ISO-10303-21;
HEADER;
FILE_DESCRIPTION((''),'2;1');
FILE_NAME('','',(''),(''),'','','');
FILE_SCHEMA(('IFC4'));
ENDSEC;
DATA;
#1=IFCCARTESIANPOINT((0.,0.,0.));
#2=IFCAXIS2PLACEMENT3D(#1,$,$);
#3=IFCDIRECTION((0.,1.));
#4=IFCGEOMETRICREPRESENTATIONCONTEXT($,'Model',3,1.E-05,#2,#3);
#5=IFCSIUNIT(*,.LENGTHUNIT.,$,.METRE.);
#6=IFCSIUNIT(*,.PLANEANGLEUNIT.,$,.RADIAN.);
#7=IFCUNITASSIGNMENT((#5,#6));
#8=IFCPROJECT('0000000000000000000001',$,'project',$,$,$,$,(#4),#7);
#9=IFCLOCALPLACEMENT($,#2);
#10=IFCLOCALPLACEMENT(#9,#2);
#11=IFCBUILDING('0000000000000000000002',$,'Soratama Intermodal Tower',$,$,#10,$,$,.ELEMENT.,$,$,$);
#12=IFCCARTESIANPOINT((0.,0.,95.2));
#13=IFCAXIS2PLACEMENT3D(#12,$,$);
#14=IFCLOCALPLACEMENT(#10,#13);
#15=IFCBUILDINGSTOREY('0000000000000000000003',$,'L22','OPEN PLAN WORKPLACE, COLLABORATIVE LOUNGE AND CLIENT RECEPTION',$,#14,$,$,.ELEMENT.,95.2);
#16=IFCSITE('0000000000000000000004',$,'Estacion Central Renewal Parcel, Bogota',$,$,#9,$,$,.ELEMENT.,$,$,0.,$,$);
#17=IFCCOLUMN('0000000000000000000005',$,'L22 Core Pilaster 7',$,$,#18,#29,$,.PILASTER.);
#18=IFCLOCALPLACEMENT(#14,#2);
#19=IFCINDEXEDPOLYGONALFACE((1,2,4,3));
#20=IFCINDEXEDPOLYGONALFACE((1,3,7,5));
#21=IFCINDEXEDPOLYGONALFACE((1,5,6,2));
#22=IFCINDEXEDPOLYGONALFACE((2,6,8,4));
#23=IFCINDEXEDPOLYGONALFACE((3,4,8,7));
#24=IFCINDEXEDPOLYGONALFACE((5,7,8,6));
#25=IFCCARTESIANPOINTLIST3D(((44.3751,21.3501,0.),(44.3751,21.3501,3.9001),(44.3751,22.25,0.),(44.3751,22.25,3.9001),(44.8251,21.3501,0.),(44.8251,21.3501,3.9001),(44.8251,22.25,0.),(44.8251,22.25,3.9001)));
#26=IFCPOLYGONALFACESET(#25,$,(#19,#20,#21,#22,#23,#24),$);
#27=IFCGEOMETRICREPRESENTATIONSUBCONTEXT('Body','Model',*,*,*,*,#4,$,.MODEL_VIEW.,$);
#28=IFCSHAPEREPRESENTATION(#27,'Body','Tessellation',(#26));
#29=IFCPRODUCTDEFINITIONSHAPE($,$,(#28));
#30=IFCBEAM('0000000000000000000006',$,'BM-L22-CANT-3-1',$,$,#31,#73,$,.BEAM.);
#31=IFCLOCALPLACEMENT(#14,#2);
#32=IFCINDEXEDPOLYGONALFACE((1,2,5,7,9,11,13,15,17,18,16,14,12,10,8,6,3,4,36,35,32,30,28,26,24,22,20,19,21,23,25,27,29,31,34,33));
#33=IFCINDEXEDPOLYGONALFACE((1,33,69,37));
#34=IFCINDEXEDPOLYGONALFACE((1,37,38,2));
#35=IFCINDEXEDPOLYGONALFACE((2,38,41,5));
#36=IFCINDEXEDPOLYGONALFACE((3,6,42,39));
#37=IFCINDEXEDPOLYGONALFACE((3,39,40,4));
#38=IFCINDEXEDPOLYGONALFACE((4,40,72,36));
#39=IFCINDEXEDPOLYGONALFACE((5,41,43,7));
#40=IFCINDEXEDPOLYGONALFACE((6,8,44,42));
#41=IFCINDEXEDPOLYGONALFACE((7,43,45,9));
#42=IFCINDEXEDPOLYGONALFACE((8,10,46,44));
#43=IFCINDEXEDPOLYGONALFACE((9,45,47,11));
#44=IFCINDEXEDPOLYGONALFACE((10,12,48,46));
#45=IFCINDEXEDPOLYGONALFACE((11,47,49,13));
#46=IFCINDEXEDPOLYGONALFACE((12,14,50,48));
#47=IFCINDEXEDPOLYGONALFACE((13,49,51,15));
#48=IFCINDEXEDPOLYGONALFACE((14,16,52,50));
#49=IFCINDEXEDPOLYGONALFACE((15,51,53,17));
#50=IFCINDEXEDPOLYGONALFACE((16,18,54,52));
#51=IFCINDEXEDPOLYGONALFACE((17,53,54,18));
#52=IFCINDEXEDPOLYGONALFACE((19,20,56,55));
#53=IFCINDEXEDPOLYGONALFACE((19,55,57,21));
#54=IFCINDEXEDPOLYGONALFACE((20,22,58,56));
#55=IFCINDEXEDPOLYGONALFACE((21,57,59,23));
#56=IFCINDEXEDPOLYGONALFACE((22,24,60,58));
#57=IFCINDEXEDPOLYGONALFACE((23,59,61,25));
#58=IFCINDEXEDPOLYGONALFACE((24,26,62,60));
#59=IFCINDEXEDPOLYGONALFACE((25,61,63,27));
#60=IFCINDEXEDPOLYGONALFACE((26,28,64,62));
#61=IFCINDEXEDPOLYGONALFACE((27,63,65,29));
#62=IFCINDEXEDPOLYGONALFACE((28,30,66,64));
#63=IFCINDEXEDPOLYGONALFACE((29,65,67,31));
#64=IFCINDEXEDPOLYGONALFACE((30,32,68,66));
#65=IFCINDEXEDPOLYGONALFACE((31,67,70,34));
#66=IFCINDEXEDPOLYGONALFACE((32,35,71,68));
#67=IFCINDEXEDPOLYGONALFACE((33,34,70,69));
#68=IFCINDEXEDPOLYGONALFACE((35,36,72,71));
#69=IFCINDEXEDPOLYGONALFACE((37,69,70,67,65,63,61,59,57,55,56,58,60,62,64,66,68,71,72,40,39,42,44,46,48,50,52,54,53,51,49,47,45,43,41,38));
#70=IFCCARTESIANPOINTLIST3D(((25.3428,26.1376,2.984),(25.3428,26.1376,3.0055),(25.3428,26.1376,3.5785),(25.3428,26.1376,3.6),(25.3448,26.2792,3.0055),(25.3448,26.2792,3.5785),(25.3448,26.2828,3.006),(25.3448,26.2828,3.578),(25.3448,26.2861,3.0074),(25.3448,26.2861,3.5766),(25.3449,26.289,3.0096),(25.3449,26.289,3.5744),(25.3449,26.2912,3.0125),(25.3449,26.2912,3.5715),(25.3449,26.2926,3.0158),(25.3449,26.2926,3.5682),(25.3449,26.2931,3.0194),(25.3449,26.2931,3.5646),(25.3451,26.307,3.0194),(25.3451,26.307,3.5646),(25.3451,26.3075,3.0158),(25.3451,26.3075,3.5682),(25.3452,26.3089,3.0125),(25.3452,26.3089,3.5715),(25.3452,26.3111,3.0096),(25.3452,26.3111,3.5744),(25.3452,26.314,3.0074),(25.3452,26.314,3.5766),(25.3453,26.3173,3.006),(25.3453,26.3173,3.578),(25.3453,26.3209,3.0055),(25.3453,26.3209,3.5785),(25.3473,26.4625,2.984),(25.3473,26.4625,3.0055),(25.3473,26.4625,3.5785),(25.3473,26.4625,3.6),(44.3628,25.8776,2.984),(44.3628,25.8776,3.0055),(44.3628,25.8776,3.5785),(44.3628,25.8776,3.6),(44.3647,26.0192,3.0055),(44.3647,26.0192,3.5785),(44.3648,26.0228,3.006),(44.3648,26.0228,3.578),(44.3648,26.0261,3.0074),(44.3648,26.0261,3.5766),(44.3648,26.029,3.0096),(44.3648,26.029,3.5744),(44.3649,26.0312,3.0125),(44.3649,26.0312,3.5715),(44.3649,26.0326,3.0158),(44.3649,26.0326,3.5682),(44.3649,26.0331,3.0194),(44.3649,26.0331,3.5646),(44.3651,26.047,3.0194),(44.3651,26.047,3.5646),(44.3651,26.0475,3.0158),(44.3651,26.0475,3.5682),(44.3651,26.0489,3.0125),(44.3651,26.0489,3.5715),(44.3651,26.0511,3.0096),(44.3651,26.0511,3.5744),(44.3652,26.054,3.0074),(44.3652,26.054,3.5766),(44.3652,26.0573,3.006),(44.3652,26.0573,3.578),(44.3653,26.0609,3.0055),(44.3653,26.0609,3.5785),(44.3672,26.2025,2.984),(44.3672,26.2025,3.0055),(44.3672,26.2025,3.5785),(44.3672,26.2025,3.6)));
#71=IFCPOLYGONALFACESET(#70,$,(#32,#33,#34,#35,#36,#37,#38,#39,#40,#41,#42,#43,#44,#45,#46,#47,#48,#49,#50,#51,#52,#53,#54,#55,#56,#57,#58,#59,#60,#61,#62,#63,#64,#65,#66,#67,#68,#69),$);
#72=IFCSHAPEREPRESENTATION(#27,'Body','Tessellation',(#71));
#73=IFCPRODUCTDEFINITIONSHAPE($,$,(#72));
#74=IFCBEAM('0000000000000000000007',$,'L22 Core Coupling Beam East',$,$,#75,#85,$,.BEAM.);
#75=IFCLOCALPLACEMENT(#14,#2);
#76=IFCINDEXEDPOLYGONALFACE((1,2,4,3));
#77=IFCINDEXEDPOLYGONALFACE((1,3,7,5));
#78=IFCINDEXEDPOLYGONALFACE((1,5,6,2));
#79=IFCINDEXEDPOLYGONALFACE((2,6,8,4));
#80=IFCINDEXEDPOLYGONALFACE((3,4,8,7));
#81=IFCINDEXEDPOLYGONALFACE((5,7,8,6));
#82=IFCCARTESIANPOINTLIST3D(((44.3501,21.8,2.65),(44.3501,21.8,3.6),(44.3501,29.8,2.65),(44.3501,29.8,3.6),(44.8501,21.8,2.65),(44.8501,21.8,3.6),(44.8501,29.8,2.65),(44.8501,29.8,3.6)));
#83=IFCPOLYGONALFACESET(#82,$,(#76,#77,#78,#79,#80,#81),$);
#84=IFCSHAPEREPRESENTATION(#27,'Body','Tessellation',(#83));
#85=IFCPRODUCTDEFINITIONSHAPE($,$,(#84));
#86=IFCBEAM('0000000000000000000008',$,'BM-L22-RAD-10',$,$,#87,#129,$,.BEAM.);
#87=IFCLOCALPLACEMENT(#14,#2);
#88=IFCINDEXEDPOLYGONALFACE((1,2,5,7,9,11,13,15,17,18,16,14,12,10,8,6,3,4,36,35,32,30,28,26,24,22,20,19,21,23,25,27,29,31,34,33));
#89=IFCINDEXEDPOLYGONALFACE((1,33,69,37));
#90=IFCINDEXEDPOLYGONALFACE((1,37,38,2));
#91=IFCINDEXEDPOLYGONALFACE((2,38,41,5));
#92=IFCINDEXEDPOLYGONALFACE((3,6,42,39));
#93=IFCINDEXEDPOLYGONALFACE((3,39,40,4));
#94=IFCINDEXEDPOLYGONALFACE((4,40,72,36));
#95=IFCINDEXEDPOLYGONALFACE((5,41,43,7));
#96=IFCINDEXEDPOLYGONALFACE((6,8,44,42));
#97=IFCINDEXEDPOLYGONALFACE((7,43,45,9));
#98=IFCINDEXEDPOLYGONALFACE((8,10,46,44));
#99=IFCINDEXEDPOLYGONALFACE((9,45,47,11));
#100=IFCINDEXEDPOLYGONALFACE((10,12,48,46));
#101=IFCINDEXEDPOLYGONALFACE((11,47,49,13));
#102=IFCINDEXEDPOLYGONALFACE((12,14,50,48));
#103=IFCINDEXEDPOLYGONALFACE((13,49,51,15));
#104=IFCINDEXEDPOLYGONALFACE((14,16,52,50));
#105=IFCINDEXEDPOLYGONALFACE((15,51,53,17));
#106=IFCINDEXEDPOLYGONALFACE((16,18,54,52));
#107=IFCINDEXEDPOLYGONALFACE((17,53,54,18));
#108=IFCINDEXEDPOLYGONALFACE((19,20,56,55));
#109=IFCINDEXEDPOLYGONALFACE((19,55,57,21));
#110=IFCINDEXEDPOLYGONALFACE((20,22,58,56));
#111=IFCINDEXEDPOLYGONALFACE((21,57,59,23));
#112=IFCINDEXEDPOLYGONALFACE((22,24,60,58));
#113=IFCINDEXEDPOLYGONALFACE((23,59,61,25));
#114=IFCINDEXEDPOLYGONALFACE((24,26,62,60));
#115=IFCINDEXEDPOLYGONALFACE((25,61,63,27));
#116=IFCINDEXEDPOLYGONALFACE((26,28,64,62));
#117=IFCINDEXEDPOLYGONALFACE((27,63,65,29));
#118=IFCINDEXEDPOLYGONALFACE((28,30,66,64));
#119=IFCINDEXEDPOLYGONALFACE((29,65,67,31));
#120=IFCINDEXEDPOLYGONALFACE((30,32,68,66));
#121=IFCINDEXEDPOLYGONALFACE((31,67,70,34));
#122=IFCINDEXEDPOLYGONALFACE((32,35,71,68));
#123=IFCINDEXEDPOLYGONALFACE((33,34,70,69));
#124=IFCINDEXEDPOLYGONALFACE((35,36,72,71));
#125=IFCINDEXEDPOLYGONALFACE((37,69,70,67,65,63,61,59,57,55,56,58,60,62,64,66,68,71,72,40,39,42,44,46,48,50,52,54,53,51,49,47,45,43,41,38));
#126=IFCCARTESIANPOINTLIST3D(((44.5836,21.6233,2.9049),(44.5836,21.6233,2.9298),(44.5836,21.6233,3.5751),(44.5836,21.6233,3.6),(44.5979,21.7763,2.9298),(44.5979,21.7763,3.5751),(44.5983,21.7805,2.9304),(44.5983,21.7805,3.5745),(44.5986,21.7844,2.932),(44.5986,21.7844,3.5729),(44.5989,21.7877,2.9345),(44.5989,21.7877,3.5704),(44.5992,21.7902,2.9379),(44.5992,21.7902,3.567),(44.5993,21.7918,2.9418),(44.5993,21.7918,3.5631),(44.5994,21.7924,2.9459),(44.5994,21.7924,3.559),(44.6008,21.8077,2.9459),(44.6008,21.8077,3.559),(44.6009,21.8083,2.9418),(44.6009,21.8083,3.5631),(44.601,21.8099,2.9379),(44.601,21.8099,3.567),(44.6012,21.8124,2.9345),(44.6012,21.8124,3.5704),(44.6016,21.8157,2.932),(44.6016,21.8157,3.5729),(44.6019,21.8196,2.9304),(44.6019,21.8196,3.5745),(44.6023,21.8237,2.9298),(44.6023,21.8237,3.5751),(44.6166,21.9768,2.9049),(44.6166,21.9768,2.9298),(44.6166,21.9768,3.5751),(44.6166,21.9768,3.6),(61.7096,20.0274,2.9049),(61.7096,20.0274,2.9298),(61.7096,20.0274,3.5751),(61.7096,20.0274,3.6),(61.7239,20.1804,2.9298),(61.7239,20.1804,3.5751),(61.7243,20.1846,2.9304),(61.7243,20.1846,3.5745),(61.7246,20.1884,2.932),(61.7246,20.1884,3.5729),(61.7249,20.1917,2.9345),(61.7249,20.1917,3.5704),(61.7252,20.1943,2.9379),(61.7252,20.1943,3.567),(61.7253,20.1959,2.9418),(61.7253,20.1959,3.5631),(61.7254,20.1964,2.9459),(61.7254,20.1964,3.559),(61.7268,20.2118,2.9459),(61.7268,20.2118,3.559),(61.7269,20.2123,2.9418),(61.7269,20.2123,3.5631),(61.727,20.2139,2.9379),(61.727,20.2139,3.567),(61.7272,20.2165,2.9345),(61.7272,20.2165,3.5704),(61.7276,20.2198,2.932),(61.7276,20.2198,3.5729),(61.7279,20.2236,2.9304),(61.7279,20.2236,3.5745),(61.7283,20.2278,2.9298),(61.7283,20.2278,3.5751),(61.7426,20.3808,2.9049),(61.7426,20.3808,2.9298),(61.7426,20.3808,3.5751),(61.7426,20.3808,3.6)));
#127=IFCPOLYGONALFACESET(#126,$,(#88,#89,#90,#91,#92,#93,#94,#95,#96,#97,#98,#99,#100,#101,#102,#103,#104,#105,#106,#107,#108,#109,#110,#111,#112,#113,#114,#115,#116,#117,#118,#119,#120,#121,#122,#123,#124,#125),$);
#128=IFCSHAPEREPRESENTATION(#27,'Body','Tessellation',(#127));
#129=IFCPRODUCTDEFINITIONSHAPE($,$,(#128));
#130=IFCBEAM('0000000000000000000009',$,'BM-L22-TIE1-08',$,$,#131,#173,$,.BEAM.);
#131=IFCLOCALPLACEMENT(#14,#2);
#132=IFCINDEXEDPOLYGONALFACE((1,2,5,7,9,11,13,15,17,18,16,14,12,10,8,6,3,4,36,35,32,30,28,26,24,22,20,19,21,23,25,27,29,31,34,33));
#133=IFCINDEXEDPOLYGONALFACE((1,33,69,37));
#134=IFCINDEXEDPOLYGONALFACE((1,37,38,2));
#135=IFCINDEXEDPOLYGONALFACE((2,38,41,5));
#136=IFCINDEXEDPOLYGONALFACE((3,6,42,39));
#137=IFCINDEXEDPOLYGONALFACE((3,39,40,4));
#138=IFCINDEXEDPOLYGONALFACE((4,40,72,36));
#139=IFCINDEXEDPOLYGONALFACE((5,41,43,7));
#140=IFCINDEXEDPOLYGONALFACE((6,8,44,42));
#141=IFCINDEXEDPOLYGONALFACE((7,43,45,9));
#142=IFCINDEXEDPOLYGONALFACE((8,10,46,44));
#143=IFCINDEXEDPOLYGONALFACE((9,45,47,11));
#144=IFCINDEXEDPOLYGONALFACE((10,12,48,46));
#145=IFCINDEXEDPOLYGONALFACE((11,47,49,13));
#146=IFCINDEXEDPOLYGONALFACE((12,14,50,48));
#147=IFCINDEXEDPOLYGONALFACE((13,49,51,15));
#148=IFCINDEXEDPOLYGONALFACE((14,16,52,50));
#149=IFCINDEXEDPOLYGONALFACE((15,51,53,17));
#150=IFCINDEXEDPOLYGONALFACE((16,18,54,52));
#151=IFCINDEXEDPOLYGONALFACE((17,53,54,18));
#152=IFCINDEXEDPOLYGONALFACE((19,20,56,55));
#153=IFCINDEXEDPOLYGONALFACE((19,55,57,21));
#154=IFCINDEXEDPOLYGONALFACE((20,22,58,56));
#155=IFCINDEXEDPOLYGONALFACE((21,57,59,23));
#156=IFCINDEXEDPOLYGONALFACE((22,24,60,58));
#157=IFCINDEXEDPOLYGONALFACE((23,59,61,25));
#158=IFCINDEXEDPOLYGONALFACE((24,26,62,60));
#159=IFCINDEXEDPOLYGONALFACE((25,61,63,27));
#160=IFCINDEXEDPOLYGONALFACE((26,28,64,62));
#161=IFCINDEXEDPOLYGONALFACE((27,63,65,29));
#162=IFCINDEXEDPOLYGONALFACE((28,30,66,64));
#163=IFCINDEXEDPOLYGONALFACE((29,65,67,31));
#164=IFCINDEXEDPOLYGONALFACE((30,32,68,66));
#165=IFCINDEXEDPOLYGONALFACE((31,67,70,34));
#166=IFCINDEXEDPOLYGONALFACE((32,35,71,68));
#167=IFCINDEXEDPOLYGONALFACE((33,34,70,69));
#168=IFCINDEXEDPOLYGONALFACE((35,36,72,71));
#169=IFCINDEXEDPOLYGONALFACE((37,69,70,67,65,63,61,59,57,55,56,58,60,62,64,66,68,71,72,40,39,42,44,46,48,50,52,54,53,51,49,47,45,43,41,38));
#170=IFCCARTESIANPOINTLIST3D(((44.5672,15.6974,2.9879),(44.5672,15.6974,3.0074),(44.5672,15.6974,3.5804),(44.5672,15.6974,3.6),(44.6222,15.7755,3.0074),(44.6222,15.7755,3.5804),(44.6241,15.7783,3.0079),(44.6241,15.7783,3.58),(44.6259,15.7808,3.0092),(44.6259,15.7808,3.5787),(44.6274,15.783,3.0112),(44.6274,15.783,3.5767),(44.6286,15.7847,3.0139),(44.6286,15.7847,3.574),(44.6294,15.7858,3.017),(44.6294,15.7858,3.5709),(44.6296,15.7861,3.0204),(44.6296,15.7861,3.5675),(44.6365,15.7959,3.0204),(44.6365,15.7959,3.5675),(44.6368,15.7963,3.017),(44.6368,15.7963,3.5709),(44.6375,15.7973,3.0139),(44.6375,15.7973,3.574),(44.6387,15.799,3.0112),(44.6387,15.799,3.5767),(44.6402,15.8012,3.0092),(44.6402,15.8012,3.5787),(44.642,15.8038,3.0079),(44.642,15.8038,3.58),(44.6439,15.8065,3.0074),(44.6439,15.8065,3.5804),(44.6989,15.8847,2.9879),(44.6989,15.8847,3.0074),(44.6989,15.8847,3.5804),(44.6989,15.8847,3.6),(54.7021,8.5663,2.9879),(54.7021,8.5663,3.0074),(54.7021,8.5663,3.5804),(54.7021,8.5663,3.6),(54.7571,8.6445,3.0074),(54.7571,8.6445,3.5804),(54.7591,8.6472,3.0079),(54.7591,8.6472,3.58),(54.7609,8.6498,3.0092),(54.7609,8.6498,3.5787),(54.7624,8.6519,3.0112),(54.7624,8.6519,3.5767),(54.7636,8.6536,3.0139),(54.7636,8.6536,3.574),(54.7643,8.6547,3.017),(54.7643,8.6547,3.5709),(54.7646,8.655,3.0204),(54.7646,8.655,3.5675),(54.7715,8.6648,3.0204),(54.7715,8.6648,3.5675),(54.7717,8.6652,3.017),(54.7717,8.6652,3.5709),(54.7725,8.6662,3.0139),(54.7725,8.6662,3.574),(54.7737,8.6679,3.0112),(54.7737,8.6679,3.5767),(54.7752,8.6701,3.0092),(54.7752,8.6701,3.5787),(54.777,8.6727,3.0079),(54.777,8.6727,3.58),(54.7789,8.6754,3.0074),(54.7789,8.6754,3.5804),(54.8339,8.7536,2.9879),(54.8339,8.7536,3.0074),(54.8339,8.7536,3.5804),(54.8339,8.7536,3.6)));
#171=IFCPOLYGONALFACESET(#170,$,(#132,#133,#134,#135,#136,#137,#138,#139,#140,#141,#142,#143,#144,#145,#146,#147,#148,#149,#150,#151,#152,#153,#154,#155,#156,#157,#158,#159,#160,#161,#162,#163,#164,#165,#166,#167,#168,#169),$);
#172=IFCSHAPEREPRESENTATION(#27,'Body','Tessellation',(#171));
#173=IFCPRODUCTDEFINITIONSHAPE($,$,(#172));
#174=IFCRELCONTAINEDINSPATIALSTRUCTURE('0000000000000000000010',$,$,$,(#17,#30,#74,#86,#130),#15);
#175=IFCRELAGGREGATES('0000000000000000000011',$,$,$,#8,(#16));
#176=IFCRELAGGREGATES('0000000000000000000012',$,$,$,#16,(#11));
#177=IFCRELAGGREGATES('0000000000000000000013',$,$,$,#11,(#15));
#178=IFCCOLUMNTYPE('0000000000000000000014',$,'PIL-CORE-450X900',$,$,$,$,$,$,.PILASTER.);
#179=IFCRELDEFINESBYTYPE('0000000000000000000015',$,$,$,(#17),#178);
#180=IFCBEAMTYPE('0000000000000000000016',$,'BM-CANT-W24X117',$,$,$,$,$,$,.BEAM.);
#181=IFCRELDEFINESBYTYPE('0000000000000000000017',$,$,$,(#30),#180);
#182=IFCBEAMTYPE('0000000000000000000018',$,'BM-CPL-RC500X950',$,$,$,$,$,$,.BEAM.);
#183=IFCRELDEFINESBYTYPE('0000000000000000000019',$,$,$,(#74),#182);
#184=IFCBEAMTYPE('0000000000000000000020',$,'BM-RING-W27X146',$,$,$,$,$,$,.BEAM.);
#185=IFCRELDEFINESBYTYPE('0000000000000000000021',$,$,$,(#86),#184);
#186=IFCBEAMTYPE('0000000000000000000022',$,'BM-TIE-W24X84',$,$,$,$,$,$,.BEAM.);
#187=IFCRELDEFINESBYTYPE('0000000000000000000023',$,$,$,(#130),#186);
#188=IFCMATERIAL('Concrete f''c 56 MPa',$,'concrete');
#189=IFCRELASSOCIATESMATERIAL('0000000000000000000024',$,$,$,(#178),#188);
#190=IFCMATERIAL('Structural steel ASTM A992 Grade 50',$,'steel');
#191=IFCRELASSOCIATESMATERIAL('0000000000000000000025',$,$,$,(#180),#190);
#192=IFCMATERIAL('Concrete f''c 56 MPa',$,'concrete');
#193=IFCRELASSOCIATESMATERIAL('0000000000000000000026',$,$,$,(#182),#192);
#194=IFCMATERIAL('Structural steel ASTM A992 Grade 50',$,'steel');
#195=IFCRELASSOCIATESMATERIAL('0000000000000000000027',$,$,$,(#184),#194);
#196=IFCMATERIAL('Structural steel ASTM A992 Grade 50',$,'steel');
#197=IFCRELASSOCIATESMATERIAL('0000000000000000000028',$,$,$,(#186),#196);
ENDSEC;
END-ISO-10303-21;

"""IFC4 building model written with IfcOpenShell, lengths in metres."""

from ifc_helpers import new_model, si_unit, direction, frame, origin, origin_2d, place, context, subcontext, project, spatial, rectangle, i_section, extrude, material, material_profile, profile_set, type_object, element, save


model = new_model("IFC4")

# Units and contexts
model_context = context("Model", 3, precision=1e-05, world=origin(), true_north=direction((0.0, 1.0)))
body_context = subcontext(model_context, "Body", "Model", "MODEL_VIEW")
ifc_project = project(units=[si_unit("LENGTHUNIT", "METRE"), si_unit("PLANEANGLEUNIT", "RADIAN")], contexts=[model_context])

# Site, building, storey
site_placement = place(None, origin())
site = spatial("IfcSite", under=ifc_project, at=site_placement, Name="Estacion Central Renewal Parcel, Bogota", CompositionType="ELEMENT", RefElevation=0.0)
building_placement = place(site_placement, origin())
building = spatial("IfcBuilding", under=site, at=building_placement, Name="Soratama Intermodal Tower", CompositionType="ELEMENT")
storey_placement = place(building_placement, frame((0.0, 0.0, 95.2)))
storey = spatial("IfcBuildingStorey", under=building, at=storey_placement, Name="L22", Description="OPEN PLAN WORKPLACE, COLLABORATIVE LOUNGE AND CLIENT RECEPTION", CompositionType="ELEMENT", Elevation=95.2)

# Column
ifc_material_1 = material(Name="Concrete f'c 56 MPa", Category="concrete")
ifc_material_profile_1 = material_profile(ifc_material_1, rectangle(XDim=0.45, YDim=0.8999, at=origin_2d()), Name="RC450X900")
ifc_profile_set_1 = profile_set([ifc_material_profile_1], Name="Concrete f'c 56 MPa")
column_type = type_object("IfcColumnType", Name="PIL-CORE-450X900", PredefinedType="PILASTER", material=ifc_profile_set_1)
column_placement = place(storey_placement, frame((44.6001, 21.8, 0.0), z_axis=(0.0, 0.0, 1.0), x_axis=(1.0, 0.0, 0.0)))
element("IfcColumn", 1, at=column_placement, inside=storey, type_object=column_type, Name="L22 Core Pilaster 7", PredefinedType="PILASTER", context=body_context, shape_type="SweptSolid", body=[
    extrude(rectangle(XDim=0.45, YDim=0.8999, at=origin_2d()), origin(), (0.0, 0.0, 1.0), 3.9001),
])

# Beams
ifc_material_2 = material(Name="Structural steel ASTM A992 Grade 50", Category="steel")
ifc_material_profile_2 = material_profile(ifc_material_2, i_section(OverallWidth=0.325, OverallDepth=0.616, WebThickness=0.0139, FlangeThickness=0.0215, FilletRadius=0.0139, at=origin_2d()), Name="W24X117")
ifc_profile_set_2 = profile_set([ifc_material_profile_2], Name="Structural steel ASTM A992 Grade 50")
beam_type_1 = type_object("IfcBeamType", Name="BM-CANT-W24X117", PredefinedType="BEAM", material=ifc_profile_set_2)
beam_1_placement = place(storey_placement, frame((44.365, 26.04, 3.292), z_axis=(-0.999907, 0.013669, 0.0), x_axis=(-0.013669, -0.999907, 0.0)))
element("IfcBeam", 2, at=beam_1_placement, inside=storey, type_object=beam_type_1, Name="BM-L22-CANT-3-1", PredefinedType="BEAM", context=body_context, shape_type="SweptSolid", body=[
    extrude(i_section(OverallWidth=0.325, OverallDepth=0.616, WebThickness=0.0139, FlangeThickness=0.0215, FilletRadius=0.0139, at=origin_2d()), origin(), (0.0, 0.0, 1.0), 19.0217),
])
ifc_material_3 = material(Name="Concrete f'c 56 MPa", Category="concrete")
ifc_material_profile_3 = material_profile(ifc_material_3, rectangle(XDim=0.5, YDim=0.95, at=origin_2d()), Name="RC500X950")
ifc_profile_set_3 = profile_set([ifc_material_profile_3], Name="Concrete f'c 56 MPa")
beam_type_2 = type_object("IfcBeamType", Name="BM-CPL-RC500X950", PredefinedType="BEAM", material=ifc_profile_set_3)
beam_2_placement = place(storey_placement, frame((44.6001, 21.8, 3.125), z_axis=(0.0, 1.0, 0.0), x_axis=(-1.0, 0.0, 0.0)))
element("IfcBeam", 3, at=beam_2_placement, inside=storey, type_object=beam_type_2, Name="L22 Core Coupling Beam East", PredefinedType="BEAM", context=body_context, shape_type="SweptSolid", body=[
    extrude(rectangle(XDim=0.5, YDim=0.95, at=origin_2d()), origin(), (0.0, 0.0, 1.0), 8.0),
])
ifc_material_4 = material(Name="Structural steel ASTM A992 Grade 50", Category="steel")
ifc_material_profile_4 = material_profile(ifc_material_4, i_section(OverallWidth=0.355, OverallDepth=0.6951, WebThickness=0.0154, FlangeThickness=0.0249, FilletRadius=0.0161, at=origin_2d()), Name="W27X146")
ifc_profile_set_4 = profile_set([ifc_material_profile_4], Name="Structural steel ASTM A992 Grade 50")
beam_type_3 = type_object("IfcBeamType", Name="BM-RING-W27X146", PredefinedType="BEAM", material=ifc_profile_set_4)
beam_3_placement = place(storey_placement, frame((44.6001, 21.8, 3.2524), z_axis=(0.995686, -0.092787, 0.0), x_axis=(0.092787, 0.995686, 0.0)))
element("IfcBeam", 4, at=beam_3_placement, inside=storey, type_object=beam_type_3, Name="BM-L22-RAD-10", PredefinedType="BEAM", context=body_context, shape_type="SweptSolid", body=[
    extrude(i_section(OverallWidth=0.355, OverallDepth=0.6951, WebThickness=0.0154, FlangeThickness=0.0249, FilletRadius=0.0161, at=origin_2d()), origin(), (0.0, 0.0, 1.0), 17.2002),
])
ifc_material_5 = material(Name="Structural steel ASTM A992 Grade 50", Category="steel")
ifc_material_profile_5 = material_profile(ifc_material_5, i_section(OverallWidth=0.229, OverallDepth=0.6121, WebThickness=0.012, FlangeThickness=0.0195, FilletRadius=0.0129, at=origin_2d()), Name="W24X84")
ifc_profile_set_5 = profile_set([ifc_material_profile_5], Name="Structural steel ASTM A992 Grade 50")
beam_type_4 = type_object("IfcBeamType", Name="BM-TIE-W24X84", PredefinedType="BEAM", material=ifc_profile_set_5)
beam_4_placement = place(storey_placement, frame((44.6331, 15.791, 3.2939), z_axis=(0.817842, -0.575443, 0.0), x_axis=(0.575443, 0.817842, 0.0)))
element("IfcBeam", 5, at=beam_4_placement, inside=storey, type_object=beam_type_4, Name="BM-L22-TIE1-08", PredefinedType="BEAM", context=body_context, shape_type="SweptSolid", body=[
    extrude(i_section(OverallWidth=0.229, OverallDepth=0.6121, WebThickness=0.012, FlangeThickness=0.0195, FilletRadius=0.0129, at=origin_2d()), origin(), (0.0, 0.0, 1.0), 12.3923),
])

save(model, "model.ifc")
